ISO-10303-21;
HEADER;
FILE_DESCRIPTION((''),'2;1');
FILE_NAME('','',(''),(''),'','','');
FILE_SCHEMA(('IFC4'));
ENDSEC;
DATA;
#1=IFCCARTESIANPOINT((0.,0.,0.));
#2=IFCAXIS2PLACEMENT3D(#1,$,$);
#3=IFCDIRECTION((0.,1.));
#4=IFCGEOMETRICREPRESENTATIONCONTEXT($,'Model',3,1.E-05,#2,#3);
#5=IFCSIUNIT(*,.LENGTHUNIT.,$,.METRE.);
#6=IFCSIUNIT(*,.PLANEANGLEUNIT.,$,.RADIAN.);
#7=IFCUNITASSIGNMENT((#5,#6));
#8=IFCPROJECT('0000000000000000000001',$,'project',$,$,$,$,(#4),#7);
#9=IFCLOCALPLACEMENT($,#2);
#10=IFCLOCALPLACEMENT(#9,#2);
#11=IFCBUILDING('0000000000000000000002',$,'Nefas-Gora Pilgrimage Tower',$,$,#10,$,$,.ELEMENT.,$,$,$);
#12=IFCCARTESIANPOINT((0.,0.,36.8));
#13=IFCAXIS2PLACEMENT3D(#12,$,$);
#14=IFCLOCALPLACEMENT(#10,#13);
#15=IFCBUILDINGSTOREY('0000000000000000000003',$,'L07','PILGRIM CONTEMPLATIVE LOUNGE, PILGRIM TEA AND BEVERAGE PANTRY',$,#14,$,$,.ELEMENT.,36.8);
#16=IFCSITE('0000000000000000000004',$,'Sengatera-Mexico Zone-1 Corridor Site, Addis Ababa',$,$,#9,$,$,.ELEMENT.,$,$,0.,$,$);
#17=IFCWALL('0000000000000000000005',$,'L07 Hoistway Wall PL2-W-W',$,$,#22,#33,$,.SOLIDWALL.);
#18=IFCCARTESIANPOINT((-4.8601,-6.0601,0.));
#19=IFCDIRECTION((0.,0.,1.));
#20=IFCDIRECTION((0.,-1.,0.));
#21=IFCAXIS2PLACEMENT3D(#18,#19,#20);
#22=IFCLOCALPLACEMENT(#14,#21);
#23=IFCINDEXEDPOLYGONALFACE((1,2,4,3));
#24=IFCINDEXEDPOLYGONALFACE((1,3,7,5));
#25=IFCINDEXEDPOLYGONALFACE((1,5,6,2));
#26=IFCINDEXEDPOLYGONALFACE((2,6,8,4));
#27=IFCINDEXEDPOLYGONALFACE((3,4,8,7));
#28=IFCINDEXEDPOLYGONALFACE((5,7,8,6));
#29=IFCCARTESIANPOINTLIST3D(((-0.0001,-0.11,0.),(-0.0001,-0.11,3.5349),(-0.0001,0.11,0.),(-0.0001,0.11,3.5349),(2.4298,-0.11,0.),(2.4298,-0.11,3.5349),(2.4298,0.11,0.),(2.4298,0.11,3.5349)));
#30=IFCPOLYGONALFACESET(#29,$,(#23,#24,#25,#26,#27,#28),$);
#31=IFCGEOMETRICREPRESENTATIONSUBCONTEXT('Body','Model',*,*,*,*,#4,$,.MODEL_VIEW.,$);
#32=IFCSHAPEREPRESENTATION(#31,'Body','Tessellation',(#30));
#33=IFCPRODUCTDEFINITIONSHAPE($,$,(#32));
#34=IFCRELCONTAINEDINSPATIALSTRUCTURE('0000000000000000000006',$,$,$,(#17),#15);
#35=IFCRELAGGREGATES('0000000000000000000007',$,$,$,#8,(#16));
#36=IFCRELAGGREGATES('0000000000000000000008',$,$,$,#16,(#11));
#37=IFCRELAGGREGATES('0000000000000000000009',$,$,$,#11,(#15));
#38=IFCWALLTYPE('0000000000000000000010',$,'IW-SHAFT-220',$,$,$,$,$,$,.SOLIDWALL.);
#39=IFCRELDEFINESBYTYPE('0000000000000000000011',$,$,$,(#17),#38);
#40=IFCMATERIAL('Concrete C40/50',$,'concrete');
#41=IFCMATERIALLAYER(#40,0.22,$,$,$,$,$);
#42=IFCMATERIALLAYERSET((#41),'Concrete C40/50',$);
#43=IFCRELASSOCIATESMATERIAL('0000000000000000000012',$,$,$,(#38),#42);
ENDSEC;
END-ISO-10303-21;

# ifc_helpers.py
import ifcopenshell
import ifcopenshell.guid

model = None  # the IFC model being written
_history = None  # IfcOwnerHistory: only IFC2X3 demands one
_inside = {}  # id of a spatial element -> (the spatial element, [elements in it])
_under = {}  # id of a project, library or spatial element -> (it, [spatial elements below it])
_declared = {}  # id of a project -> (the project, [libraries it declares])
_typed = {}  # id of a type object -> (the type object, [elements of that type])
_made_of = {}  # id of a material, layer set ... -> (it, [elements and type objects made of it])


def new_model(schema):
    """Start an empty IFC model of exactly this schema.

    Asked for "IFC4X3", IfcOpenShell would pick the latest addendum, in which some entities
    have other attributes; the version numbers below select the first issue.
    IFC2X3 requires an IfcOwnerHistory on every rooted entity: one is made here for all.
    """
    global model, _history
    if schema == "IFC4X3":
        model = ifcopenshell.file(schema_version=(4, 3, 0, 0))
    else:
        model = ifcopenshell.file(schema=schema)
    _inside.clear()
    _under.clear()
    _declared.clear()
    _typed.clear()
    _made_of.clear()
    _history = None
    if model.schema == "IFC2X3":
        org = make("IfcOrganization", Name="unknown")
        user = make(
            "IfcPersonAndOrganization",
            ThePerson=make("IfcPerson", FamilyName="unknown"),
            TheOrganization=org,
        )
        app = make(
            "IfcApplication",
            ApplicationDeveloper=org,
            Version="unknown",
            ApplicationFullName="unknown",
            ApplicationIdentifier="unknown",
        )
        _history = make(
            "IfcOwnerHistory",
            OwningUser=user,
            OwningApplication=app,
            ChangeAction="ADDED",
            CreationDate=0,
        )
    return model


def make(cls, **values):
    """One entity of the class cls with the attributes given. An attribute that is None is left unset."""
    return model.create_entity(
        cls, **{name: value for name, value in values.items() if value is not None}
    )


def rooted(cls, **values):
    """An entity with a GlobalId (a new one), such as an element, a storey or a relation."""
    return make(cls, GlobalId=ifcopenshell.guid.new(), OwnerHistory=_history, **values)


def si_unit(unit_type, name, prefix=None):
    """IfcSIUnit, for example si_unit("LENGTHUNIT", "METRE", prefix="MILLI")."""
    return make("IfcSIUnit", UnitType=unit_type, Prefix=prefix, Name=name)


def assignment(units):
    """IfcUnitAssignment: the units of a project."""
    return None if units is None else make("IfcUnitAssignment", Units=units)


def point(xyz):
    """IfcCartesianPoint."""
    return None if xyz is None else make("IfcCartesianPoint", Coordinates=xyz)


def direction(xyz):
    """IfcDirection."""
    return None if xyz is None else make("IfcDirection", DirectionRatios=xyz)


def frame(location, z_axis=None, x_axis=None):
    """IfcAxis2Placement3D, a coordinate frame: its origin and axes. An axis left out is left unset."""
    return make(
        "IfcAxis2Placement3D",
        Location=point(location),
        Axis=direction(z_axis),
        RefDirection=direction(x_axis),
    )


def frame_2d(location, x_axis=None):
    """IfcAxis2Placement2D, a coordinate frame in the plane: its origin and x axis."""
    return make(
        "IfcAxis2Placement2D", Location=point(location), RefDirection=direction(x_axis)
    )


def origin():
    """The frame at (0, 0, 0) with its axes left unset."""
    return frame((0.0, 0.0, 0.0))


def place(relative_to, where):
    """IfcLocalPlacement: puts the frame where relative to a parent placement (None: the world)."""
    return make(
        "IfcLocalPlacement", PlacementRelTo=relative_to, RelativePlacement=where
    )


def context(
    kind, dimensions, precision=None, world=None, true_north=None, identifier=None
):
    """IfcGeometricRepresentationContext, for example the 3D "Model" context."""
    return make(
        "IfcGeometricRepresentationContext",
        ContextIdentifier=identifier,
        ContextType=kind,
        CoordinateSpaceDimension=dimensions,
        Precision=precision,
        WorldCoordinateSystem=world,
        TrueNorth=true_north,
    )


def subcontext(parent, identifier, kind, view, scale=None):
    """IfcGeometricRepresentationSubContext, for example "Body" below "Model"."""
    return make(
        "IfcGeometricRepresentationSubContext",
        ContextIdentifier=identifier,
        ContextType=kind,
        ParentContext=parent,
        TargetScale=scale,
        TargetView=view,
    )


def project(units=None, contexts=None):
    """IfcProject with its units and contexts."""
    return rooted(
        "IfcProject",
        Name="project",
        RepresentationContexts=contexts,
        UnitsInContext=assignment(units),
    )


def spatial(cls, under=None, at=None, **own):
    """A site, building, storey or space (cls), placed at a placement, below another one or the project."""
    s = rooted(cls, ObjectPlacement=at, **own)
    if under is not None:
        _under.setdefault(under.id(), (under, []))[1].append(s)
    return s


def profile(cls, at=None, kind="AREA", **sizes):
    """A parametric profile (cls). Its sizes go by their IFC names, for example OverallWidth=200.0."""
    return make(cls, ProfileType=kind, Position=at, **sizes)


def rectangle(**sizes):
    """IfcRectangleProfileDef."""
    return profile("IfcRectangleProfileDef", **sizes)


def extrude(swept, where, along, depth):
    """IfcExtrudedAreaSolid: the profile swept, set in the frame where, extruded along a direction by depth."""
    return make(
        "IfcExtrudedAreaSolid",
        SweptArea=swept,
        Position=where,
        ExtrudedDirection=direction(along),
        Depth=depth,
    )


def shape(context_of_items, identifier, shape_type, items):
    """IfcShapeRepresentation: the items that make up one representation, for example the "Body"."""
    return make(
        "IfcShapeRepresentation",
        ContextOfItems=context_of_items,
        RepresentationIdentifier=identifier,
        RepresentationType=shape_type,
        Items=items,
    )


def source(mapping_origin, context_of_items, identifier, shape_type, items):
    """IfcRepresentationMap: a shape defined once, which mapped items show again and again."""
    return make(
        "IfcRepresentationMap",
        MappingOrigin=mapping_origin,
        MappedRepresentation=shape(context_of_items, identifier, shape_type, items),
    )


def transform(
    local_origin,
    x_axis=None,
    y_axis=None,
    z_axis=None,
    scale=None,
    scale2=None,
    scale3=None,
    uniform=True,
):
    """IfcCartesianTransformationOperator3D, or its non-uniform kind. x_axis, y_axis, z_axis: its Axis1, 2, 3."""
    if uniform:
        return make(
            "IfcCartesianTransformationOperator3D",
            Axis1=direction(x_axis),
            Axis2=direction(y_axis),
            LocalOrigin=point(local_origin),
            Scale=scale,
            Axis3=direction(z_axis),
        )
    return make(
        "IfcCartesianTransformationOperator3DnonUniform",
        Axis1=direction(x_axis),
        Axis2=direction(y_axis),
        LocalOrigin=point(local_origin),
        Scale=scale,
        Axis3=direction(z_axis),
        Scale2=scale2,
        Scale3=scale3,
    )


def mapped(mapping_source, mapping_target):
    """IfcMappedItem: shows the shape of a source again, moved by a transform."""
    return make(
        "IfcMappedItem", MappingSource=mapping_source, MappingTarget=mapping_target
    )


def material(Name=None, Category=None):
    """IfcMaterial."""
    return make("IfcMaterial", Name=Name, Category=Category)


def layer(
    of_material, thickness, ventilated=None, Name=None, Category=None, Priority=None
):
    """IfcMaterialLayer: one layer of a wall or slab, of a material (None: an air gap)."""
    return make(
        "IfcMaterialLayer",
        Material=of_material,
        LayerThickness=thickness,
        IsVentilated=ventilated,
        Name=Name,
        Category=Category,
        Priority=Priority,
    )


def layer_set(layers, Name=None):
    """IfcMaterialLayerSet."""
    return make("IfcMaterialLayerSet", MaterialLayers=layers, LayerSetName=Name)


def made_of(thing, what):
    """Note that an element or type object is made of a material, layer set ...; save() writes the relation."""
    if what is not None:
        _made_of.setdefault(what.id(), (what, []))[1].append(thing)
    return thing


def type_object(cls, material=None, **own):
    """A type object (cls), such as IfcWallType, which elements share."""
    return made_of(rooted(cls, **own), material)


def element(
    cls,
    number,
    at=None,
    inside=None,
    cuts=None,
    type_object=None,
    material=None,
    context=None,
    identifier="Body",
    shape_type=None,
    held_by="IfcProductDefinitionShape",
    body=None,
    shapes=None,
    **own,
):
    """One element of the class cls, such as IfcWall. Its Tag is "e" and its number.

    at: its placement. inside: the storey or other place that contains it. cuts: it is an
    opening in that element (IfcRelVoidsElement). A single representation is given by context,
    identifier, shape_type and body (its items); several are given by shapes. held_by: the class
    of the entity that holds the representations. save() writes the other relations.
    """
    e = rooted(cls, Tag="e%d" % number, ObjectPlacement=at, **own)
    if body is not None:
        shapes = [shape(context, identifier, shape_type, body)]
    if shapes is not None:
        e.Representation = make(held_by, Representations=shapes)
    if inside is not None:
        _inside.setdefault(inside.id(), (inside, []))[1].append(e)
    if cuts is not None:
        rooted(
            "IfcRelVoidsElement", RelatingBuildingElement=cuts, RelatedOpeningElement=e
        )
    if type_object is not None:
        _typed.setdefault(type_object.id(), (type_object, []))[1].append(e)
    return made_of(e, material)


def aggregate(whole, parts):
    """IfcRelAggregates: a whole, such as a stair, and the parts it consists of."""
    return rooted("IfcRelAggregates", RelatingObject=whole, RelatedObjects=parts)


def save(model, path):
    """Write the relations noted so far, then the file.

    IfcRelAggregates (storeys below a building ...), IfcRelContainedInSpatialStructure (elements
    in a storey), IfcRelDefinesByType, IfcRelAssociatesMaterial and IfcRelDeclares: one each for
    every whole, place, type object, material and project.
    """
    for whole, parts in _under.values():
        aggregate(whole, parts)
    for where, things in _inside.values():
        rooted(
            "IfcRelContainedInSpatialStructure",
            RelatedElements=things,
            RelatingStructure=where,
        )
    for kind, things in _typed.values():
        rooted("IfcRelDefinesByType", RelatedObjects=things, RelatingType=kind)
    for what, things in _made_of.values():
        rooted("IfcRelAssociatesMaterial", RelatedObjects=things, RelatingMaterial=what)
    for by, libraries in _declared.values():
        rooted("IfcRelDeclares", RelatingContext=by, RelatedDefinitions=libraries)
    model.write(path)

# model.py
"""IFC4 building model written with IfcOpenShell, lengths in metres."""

from ifc_helpers import new_model, si_unit, direction, frame, frame_2d, origin, place, context, subcontext, project, spatial, rectangle, extrude, source, transform, mapped, material, layer, layer_set, type_object, element, save


model = new_model("IFC4")

# Units and contexts
model_context = context("Model", 3, precision=1e-05, world=origin(), true_north=direction((0.0, 1.0)))
body_context = subcontext(model_context, "Body", "Model", "MODEL_VIEW")
ifc_project = project(units=[si_unit("LENGTHUNIT", "METRE"), si_unit("PLANEANGLEUNIT", "RADIAN")], contexts=[model_context])

# Site, building, storey
site_placement = place(None, origin())
site = spatial("IfcSite", under=ifc_project, at=site_placement, Name="Sengatera-Mexico Zone-1 Corridor Site, Addis Ababa", CompositionType="ELEMENT", RefElevation=0.0)
building_placement = place(site_placement, origin())
building = spatial("IfcBuilding", under=site, at=building_placement, Name="Nefas-Gora Pilgrimage Tower", CompositionType="ELEMENT")
storey_placement = place(building_placement, frame((0.0, 0.0, 36.8)))
storey = spatial("IfcBuildingStorey", under=building, at=storey_placement, Name="L07", Description="PILGRIM CONTEMPLATIVE LOUNGE, PILGRIM TEA AND BEVERAGE PANTRY", CompositionType="ELEMENT", Elevation=36.8)

# Wall
ifc_material_1 = material(Name="Concrete C40/50", Category="concrete")
ifc_layer_1 = layer(ifc_material_1, 0.22)
ifc_layer_set_1 = layer_set([ifc_layer_1], Name="Concrete C40/50")
wall_type_1 = type_object("IfcWallType", Name="IW-SHAFT-220", PredefinedType="SOLIDWALL", material=ifc_layer_set_1)
shared_shape_1 = source(origin(), body_context, "Body", "SweptSolid", [
    extrude(rectangle(XDim=2.4299, YDim=0.22, at=frame_2d((1.2148, 0.0))), origin(), (0.0, 0.0, 1.0), 3.5349),
])
for number, where, z_axis, x_axis, name in (
    (1, (-4.8601, -6.0601, 0.0), (0.0, 0.0, 1.0), (0.0, -1.0, 0.0), "L07 Hoistway Wall PL2-W-W"),
):
    element("IfcWall", number, at=place(storey_placement, frame(where, z_axis=z_axis, x_axis=x_axis)), inside=storey, type_object=wall_type_1, Name=name, PredefinedType="SOLIDWALL", context=body_context, shape_type="MappedRepresentation", body=[
        mapped(shared_shape_1, transform((0.0, 0.0, 0.0), x_axis=(1.0, 0.0, 0.0), y_axis=(0.0, 1.0, 0.0), z_axis=(0.0, 0.0, 1.0), scale=1.0)),
    ])

save(model, "model.ifc")
